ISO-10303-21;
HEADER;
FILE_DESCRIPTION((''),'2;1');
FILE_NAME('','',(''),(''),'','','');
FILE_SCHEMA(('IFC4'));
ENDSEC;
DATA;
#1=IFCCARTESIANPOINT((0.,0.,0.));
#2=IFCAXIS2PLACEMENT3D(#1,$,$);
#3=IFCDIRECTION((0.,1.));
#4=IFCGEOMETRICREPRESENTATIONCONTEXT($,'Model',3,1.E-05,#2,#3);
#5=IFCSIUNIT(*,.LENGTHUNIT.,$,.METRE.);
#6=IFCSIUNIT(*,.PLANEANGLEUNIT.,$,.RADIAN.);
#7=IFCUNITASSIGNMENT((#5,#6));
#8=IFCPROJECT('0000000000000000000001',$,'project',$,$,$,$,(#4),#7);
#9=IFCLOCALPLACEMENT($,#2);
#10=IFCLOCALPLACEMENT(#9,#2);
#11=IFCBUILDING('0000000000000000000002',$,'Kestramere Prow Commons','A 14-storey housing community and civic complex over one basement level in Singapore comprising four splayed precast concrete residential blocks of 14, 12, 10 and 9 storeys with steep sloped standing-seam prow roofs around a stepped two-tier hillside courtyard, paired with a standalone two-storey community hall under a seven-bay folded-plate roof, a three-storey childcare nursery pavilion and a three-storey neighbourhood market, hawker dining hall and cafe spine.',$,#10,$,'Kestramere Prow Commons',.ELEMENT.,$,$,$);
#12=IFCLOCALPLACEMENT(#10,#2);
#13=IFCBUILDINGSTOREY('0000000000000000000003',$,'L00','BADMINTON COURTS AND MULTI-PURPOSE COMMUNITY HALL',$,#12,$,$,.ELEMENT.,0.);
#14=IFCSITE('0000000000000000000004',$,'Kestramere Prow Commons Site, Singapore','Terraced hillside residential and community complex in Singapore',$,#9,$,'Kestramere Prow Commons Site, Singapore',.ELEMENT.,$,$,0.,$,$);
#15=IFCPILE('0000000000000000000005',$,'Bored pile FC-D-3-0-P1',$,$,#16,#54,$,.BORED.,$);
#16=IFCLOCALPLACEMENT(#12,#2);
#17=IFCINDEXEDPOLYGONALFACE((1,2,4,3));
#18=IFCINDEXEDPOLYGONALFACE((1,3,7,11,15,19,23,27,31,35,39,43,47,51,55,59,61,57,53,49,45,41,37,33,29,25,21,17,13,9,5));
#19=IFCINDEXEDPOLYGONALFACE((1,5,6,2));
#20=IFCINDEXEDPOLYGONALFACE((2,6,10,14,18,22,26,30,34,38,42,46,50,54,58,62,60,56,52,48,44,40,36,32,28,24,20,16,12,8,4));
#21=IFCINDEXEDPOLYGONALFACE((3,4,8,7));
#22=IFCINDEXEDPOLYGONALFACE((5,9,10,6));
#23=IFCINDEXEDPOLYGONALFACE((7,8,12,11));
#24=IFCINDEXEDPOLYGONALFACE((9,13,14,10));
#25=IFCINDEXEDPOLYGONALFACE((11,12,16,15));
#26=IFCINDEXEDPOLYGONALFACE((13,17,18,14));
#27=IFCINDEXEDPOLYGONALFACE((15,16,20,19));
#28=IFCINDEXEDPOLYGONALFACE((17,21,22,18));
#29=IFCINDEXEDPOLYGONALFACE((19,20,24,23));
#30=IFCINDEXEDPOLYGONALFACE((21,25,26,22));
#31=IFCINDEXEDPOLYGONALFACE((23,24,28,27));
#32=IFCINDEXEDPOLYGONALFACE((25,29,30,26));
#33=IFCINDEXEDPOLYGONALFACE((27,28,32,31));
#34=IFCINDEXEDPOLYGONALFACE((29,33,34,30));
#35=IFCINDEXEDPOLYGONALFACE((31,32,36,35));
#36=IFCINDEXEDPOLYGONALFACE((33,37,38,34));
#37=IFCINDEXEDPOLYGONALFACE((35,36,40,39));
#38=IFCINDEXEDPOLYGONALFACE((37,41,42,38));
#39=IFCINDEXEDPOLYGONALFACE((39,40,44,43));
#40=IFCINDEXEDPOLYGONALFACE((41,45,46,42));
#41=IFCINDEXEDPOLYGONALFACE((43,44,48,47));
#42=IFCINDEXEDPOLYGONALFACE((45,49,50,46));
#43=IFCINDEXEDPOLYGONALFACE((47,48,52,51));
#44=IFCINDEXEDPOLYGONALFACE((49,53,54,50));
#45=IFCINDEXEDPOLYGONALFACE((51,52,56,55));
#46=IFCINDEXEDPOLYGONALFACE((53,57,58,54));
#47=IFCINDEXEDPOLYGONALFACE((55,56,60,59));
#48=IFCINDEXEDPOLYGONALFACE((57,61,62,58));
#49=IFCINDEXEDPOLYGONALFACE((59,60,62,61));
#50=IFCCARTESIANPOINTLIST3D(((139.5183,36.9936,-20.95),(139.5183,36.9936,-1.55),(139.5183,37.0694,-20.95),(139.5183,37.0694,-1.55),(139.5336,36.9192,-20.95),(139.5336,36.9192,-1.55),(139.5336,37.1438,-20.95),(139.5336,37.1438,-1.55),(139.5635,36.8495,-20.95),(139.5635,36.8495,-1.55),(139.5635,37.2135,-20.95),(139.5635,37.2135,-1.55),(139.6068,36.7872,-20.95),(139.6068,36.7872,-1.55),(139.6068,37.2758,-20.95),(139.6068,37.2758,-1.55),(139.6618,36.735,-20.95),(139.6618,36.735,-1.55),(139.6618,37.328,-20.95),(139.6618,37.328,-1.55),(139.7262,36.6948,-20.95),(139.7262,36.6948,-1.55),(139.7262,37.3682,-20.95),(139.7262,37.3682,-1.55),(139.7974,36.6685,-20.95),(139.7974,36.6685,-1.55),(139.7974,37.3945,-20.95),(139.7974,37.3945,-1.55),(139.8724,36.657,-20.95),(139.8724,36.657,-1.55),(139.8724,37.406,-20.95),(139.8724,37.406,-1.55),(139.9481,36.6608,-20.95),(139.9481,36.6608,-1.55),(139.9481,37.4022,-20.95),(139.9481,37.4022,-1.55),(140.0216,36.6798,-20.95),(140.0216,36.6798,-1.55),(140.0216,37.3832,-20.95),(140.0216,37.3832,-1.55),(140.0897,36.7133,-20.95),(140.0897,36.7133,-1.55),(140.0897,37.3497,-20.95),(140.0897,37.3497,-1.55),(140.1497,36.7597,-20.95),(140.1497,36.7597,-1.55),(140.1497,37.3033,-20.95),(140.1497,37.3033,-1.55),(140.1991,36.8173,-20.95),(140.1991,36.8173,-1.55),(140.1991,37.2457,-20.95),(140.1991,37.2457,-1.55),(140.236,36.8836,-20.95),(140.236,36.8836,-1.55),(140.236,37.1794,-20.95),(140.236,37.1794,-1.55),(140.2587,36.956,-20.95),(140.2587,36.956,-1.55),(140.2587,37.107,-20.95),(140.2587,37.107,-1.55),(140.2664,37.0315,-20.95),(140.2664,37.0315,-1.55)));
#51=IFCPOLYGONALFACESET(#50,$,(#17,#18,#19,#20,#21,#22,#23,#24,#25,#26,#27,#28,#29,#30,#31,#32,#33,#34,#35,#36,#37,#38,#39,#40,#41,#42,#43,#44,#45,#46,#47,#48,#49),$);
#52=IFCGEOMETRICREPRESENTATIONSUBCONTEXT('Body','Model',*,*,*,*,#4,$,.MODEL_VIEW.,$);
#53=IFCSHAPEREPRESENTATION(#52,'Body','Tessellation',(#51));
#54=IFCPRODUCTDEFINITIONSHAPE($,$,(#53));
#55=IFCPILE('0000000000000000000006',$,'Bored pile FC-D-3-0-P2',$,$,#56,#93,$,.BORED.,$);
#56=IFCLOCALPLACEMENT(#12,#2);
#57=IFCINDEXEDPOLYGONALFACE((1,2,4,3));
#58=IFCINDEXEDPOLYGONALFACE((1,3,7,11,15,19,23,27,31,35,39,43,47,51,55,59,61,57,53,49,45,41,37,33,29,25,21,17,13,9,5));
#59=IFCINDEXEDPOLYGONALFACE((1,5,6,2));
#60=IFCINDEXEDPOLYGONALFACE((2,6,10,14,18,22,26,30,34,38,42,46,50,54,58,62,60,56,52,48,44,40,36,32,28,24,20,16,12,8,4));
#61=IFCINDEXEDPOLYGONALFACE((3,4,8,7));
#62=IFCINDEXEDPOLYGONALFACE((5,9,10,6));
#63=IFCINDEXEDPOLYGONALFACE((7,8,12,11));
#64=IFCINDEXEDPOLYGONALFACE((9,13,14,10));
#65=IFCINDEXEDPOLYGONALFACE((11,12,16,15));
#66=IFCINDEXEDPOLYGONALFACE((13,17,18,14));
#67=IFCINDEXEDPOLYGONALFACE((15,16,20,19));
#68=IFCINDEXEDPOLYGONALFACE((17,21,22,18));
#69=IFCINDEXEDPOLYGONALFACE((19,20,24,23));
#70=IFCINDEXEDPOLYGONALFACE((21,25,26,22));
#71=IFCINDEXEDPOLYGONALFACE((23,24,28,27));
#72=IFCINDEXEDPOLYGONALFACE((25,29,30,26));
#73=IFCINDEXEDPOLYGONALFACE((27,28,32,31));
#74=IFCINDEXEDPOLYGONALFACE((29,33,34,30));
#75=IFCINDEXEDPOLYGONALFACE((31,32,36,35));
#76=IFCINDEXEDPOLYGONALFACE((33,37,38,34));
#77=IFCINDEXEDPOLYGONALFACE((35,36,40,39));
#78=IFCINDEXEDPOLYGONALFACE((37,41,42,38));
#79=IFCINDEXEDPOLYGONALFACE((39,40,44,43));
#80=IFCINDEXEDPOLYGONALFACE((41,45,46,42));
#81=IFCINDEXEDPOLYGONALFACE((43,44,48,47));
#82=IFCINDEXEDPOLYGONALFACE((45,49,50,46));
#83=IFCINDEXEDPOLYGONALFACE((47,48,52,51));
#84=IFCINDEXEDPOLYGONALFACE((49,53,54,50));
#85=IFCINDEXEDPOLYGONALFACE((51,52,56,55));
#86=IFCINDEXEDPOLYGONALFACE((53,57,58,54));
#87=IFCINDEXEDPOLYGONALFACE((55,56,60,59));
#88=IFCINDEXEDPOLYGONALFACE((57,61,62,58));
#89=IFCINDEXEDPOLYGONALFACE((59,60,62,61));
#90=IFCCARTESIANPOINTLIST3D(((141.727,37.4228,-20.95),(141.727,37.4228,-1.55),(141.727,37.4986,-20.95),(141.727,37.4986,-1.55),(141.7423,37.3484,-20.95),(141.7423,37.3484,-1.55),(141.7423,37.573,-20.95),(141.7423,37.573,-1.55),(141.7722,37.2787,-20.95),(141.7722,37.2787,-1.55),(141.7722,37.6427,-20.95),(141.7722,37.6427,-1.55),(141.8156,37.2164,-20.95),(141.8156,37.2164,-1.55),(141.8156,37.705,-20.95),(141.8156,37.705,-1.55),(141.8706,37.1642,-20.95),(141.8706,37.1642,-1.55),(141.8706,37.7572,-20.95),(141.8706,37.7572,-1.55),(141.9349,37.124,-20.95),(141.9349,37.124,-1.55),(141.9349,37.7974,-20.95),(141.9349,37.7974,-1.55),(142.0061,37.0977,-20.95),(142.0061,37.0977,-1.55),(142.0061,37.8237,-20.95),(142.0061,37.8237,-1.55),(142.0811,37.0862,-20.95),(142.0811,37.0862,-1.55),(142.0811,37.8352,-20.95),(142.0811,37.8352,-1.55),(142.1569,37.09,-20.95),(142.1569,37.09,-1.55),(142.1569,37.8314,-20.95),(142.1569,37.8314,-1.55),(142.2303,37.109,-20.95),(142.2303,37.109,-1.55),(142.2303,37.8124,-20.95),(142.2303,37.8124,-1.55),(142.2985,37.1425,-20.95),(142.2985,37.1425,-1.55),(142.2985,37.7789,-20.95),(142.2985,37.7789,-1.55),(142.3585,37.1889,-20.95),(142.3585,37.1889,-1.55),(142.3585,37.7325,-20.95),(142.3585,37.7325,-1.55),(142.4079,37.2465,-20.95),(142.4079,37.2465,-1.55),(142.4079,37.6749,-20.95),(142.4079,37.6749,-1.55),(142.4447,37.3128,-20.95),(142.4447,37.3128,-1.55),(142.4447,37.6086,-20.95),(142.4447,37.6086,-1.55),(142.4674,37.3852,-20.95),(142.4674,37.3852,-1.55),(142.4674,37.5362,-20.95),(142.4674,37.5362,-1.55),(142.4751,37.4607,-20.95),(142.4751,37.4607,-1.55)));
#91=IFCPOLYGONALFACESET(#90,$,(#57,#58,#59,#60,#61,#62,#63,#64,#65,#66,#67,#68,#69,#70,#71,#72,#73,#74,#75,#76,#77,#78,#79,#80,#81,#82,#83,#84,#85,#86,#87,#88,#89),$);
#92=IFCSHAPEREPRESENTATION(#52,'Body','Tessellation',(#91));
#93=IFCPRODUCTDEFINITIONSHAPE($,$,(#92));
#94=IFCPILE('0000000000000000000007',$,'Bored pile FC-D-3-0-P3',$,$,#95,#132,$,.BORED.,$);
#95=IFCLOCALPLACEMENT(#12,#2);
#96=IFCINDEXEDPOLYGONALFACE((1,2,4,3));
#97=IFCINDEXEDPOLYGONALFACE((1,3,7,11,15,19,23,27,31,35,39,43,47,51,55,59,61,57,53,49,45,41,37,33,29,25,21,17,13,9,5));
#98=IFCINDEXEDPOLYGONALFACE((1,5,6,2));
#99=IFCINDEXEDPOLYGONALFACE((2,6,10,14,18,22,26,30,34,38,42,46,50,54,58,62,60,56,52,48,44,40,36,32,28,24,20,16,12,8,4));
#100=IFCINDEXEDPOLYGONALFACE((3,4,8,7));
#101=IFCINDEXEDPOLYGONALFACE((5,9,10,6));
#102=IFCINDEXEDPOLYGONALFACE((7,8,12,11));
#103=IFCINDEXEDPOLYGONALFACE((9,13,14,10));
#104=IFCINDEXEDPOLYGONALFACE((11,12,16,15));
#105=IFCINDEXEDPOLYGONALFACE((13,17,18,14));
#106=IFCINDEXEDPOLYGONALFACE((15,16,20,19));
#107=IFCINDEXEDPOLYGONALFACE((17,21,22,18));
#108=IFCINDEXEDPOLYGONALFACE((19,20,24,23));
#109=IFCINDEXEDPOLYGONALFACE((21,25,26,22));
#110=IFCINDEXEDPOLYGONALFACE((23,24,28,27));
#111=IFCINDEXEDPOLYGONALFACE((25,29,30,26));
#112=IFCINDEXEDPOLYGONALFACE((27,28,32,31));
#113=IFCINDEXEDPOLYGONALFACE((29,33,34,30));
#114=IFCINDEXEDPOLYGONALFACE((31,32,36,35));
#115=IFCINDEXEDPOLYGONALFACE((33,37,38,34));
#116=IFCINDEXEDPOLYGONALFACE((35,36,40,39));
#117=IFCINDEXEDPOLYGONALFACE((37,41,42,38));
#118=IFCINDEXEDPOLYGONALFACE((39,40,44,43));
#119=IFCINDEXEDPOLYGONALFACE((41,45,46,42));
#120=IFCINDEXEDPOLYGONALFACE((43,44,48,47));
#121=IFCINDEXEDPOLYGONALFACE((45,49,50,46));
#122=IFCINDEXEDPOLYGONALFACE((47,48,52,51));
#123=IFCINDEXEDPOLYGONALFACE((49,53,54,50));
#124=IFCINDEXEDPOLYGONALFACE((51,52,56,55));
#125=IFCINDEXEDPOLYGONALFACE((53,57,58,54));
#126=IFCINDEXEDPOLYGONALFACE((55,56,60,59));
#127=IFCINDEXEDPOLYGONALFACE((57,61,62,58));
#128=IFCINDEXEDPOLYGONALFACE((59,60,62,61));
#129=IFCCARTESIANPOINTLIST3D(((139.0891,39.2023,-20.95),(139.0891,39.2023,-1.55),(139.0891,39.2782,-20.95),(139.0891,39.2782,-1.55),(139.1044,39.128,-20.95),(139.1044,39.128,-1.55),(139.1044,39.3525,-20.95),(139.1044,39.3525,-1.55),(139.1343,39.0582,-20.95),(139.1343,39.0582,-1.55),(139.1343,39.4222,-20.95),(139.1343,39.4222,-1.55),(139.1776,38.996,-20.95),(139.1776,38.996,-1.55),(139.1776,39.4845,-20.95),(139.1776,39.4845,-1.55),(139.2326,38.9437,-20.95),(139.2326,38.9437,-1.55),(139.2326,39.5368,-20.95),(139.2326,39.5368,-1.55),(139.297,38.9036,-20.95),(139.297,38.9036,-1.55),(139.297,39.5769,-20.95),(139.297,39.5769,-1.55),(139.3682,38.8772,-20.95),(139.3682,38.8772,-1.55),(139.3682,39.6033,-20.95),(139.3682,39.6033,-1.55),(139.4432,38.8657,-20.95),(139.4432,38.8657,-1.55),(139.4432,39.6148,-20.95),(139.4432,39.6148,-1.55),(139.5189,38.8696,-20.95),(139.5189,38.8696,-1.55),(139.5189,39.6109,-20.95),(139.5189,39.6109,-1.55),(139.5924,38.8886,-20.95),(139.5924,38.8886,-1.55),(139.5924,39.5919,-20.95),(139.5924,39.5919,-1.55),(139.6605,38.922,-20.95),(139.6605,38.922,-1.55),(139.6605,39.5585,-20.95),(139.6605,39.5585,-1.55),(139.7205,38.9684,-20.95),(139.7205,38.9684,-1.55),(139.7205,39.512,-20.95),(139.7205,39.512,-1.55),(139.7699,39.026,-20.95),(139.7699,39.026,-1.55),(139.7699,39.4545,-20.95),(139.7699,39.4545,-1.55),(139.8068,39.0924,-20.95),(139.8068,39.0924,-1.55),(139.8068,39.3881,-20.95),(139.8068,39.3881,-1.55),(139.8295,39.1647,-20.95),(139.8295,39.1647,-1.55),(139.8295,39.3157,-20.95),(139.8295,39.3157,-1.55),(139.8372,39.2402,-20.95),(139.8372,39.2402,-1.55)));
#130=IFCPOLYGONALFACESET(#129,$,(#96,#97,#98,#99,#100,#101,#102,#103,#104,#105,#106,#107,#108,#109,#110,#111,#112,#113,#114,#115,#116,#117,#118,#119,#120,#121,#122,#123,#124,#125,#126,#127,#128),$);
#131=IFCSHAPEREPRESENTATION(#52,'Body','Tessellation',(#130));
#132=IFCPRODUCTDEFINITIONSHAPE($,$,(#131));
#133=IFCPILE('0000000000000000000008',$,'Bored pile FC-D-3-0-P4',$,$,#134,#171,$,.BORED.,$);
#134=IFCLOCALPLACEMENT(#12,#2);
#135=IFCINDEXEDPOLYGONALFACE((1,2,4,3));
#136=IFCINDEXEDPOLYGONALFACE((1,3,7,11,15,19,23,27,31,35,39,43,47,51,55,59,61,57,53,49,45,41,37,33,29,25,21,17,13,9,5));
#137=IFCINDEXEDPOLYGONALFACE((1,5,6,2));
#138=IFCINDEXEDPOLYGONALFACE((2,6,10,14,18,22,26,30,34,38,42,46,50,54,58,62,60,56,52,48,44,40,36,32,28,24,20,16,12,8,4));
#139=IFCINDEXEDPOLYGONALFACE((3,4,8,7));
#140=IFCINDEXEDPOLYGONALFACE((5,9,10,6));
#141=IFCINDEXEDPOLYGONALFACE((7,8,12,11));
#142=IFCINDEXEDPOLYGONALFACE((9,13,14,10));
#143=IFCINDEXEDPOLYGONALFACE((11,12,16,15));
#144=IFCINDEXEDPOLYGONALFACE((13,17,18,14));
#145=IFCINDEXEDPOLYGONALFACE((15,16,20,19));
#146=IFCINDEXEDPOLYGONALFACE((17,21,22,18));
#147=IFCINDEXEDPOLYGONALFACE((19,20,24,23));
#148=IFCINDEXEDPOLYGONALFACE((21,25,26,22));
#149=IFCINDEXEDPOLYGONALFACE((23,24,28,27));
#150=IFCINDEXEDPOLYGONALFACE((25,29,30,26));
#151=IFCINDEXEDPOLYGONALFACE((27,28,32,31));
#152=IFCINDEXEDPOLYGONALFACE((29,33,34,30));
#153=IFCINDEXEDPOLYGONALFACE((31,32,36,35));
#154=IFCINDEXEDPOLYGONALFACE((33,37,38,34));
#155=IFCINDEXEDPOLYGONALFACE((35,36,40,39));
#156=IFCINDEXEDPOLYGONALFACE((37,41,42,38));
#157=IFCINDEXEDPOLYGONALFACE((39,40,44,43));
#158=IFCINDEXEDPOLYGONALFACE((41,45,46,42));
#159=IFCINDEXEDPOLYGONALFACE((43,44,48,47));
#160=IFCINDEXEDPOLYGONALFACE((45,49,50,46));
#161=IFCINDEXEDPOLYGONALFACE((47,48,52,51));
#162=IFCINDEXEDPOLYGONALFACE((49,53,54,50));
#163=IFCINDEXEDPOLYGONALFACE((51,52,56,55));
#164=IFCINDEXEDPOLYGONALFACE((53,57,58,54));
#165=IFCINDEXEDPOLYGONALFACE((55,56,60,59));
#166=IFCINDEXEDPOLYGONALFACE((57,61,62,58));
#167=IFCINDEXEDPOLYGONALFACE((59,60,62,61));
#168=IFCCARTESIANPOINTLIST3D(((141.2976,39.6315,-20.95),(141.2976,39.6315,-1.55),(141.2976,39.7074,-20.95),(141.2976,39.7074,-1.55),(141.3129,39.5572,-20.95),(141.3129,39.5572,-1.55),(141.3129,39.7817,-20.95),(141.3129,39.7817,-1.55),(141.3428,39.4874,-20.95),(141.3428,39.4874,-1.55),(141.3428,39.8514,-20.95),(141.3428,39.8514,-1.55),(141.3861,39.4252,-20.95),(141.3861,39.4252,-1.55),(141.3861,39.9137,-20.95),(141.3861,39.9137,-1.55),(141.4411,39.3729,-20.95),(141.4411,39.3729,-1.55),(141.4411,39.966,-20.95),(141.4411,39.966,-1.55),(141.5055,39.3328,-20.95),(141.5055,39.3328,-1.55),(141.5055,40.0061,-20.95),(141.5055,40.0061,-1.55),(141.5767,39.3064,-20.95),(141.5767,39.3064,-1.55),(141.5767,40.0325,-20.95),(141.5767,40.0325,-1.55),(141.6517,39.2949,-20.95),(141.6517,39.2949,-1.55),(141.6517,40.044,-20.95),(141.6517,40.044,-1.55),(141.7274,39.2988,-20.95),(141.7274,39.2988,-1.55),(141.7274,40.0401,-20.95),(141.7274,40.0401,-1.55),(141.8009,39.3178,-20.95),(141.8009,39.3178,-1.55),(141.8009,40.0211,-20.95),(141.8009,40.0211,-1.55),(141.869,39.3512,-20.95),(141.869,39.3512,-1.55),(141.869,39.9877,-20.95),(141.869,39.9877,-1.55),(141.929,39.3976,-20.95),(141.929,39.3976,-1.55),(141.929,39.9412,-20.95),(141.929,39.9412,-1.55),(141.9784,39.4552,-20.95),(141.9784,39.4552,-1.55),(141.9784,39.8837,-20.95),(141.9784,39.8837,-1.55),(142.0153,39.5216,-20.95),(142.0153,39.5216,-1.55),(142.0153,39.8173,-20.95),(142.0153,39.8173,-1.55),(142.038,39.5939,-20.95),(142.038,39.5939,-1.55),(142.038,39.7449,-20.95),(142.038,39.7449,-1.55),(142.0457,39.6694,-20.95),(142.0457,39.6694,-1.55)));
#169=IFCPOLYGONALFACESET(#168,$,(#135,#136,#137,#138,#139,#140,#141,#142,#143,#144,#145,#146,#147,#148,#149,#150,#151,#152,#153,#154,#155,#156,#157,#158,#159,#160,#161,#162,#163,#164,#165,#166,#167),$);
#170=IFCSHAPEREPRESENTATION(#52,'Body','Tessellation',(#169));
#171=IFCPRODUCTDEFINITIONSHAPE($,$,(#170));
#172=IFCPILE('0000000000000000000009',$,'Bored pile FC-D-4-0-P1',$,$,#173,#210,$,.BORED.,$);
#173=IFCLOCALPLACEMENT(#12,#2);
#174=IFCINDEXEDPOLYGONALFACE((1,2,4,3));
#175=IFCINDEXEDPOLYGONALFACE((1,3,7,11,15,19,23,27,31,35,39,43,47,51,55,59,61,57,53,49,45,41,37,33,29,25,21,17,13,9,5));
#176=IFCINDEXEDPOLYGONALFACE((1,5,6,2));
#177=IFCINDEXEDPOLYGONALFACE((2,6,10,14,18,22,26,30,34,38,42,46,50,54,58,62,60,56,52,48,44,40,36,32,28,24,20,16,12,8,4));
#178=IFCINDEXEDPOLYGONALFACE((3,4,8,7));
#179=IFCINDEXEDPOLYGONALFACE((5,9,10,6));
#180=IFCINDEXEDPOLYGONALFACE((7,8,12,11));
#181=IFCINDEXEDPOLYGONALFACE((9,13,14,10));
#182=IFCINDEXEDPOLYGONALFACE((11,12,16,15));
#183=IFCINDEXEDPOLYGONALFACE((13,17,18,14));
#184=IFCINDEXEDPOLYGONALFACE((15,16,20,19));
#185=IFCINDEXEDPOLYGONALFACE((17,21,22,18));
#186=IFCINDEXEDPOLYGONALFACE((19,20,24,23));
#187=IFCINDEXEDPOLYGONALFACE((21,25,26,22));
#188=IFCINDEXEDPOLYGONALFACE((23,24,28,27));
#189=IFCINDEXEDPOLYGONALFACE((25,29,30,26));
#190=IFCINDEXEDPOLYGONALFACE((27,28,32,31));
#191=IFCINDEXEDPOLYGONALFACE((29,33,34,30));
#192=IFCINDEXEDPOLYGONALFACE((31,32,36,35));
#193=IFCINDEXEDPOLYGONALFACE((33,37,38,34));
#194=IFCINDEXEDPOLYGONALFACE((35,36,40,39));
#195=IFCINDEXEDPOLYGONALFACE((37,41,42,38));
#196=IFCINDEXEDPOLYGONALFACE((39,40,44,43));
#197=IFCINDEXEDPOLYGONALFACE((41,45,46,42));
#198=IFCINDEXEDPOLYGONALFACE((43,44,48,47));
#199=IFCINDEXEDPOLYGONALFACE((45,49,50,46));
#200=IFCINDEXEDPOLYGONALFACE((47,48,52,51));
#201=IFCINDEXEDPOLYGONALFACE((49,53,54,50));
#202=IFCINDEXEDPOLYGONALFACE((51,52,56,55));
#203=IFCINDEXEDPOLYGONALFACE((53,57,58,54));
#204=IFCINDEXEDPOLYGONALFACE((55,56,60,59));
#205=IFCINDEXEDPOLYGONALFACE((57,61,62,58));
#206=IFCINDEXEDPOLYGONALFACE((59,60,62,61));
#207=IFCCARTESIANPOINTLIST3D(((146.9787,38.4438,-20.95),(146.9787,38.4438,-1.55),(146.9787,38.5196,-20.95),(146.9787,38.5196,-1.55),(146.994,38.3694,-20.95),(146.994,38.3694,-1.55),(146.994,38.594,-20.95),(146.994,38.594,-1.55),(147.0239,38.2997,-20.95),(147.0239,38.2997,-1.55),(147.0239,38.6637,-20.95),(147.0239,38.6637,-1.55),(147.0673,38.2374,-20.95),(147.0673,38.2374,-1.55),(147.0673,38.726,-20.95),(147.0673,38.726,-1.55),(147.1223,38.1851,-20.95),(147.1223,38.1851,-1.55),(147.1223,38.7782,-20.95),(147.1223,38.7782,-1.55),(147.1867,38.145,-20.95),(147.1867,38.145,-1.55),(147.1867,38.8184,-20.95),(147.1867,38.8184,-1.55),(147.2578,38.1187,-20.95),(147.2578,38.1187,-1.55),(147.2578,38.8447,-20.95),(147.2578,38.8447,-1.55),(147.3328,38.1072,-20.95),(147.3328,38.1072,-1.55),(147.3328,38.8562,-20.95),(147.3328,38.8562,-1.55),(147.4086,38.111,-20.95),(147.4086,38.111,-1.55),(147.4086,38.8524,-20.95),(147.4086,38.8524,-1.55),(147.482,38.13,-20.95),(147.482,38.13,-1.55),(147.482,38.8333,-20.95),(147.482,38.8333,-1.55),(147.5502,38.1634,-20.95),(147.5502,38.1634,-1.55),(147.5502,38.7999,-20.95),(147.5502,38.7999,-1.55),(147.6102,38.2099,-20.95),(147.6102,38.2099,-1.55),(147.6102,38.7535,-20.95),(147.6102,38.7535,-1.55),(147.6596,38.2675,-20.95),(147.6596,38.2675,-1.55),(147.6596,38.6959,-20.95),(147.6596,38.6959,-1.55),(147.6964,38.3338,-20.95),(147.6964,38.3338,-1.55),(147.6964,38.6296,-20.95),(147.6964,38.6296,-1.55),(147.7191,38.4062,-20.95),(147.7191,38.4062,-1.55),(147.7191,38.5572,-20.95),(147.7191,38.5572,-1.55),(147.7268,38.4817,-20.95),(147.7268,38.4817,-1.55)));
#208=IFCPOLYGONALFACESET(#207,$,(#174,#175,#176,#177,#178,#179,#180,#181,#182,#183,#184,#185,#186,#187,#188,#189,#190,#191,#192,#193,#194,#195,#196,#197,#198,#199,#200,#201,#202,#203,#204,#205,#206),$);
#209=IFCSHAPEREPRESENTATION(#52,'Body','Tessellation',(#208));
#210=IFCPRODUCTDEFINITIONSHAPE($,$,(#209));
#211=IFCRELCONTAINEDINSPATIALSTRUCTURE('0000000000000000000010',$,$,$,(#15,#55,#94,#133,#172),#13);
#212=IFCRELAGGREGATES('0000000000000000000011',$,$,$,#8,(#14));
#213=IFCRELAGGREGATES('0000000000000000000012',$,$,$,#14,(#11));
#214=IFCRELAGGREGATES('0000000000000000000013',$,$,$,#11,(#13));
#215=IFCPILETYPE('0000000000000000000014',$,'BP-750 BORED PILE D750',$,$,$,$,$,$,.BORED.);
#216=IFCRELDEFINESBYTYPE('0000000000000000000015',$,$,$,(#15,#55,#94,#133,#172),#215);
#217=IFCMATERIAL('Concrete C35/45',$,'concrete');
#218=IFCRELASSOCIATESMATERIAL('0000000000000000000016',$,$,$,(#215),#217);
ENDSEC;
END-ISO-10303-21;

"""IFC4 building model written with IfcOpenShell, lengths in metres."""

from ifc_helpers import new_model, si_unit, direction, frame, origin, origin_2d, place, context, subcontext, project, spatial, circle, extrude, material, material_profile, profile_set, type_object, element, save


model = new_model("IFC4")

# Units and contexts
model_context = context("Model", 3, precision=1e-05, world=origin(), true_north=direction((0.0, 1.0)))
body_context = subcontext(model_context, "Body", "Model", "MODEL_VIEW")
ifc_project = project(units=[si_unit("LENGTHUNIT", "METRE"), si_unit("PLANEANGLEUNIT", "RADIAN")], contexts=[model_context])

# Site, building, storey
site_placement = place(None, origin())
site = spatial("IfcSite", under=ifc_project, at=site_placement, Name="Kestramere Prow Commons Site, Singapore", Description="Terraced hillside residential and community complex in Singapore", LongName="Kestramere Prow Commons Site, Singapore", CompositionType="ELEMENT", RefElevation=0.0)
building_placement = place(site_placement, origin())
building = spatial("IfcBuilding", under=site, at=building_placement, Name="Kestramere Prow Commons", Description="A 14-storey housing community and civic complex over one basement level in Singapore comprising four splayed precast concrete residential blocks of 14, 12, 10 and 9 storeys with steep sloped standing-seam prow roofs around a stepped two-tier hillside courtyard, paired with a standalone two-storey community hall under a seven-bay folded-plate roof, a three-storey childcare nursery pavilion and a three-storey neighbourhood market, hawker dining hall and cafe spine.", LongName="Kestramere Prow Commons", CompositionType="ELEMENT")
storey_placement = place(building_placement, origin())
storey = spatial("IfcBuildingStorey", under=building, at=storey_placement, Name="L00", Description="BADMINTON COURTS AND MULTI-PURPOSE COMMUNITY HALL", CompositionType="ELEMENT", Elevation=0.0)

# Piles
ifc_material_1 = material(Name="Concrete C35/45", Category="concrete")
ifc_material_profile_1 = material_profile(ifc_material_1, circle(Radius=0.375, at=origin_2d()), Name="BORED PILE D750")
ifc_profile_set_1 = profile_set([ifc_material_profile_1], Name="Concrete C35/45")
pile_type_1 = type_object("IfcPileType", Name="BP-750 BORED PILE D750", PredefinedType="BORED", material=ifc_profile_set_1)
for number, where, z_axis, x_axis, name in (
    (1, (139.8914, 37.0315, -1.55), (0.0, 0.0, -1.0), (1.0, 0.0, 0.0), "Bored pile FC-D-3-0-P1"),
    (2, (142.1001, 37.4607, -1.55), (0.0, 0.0, -1.0), (1.0, 0.0, 0.0), "Bored pile FC-D-3-0-P2"),
    (3, (139.4622, 39.2402, -1.55), (0.0, 0.0, -1.0), (1.0, 0.0, 0.0), "Bored pile FC-D-3-0-P3"),
    (4, (141.6707, 39.6694, -1.55), (0.0, 0.0, -1.0), (1.0, 0.0, 0.0), "Bored pile FC-D-3-0-P4"),
    (5, (147.3518, 38.4817, -1.55), (0.0, 0.0, -1.0), (1.0, 0.0, 0.0), "Bored pile FC-D-4-0-P1"),
):
    element("IfcPile", number, at=place(storey_placement, frame(where, z_axis=z_axis, x_axis=x_axis)), inside=storey, type_object=pile_type_1, Name=name, PredefinedType="BORED", context=body_context, shape_type="SweptSolid", body=[
        extrude(circle(Radius=0.375, at=origin_2d()), origin(), (0.0, 0.0, 1.0), 19.3999),
    ])

save(model, "model.ifc")
